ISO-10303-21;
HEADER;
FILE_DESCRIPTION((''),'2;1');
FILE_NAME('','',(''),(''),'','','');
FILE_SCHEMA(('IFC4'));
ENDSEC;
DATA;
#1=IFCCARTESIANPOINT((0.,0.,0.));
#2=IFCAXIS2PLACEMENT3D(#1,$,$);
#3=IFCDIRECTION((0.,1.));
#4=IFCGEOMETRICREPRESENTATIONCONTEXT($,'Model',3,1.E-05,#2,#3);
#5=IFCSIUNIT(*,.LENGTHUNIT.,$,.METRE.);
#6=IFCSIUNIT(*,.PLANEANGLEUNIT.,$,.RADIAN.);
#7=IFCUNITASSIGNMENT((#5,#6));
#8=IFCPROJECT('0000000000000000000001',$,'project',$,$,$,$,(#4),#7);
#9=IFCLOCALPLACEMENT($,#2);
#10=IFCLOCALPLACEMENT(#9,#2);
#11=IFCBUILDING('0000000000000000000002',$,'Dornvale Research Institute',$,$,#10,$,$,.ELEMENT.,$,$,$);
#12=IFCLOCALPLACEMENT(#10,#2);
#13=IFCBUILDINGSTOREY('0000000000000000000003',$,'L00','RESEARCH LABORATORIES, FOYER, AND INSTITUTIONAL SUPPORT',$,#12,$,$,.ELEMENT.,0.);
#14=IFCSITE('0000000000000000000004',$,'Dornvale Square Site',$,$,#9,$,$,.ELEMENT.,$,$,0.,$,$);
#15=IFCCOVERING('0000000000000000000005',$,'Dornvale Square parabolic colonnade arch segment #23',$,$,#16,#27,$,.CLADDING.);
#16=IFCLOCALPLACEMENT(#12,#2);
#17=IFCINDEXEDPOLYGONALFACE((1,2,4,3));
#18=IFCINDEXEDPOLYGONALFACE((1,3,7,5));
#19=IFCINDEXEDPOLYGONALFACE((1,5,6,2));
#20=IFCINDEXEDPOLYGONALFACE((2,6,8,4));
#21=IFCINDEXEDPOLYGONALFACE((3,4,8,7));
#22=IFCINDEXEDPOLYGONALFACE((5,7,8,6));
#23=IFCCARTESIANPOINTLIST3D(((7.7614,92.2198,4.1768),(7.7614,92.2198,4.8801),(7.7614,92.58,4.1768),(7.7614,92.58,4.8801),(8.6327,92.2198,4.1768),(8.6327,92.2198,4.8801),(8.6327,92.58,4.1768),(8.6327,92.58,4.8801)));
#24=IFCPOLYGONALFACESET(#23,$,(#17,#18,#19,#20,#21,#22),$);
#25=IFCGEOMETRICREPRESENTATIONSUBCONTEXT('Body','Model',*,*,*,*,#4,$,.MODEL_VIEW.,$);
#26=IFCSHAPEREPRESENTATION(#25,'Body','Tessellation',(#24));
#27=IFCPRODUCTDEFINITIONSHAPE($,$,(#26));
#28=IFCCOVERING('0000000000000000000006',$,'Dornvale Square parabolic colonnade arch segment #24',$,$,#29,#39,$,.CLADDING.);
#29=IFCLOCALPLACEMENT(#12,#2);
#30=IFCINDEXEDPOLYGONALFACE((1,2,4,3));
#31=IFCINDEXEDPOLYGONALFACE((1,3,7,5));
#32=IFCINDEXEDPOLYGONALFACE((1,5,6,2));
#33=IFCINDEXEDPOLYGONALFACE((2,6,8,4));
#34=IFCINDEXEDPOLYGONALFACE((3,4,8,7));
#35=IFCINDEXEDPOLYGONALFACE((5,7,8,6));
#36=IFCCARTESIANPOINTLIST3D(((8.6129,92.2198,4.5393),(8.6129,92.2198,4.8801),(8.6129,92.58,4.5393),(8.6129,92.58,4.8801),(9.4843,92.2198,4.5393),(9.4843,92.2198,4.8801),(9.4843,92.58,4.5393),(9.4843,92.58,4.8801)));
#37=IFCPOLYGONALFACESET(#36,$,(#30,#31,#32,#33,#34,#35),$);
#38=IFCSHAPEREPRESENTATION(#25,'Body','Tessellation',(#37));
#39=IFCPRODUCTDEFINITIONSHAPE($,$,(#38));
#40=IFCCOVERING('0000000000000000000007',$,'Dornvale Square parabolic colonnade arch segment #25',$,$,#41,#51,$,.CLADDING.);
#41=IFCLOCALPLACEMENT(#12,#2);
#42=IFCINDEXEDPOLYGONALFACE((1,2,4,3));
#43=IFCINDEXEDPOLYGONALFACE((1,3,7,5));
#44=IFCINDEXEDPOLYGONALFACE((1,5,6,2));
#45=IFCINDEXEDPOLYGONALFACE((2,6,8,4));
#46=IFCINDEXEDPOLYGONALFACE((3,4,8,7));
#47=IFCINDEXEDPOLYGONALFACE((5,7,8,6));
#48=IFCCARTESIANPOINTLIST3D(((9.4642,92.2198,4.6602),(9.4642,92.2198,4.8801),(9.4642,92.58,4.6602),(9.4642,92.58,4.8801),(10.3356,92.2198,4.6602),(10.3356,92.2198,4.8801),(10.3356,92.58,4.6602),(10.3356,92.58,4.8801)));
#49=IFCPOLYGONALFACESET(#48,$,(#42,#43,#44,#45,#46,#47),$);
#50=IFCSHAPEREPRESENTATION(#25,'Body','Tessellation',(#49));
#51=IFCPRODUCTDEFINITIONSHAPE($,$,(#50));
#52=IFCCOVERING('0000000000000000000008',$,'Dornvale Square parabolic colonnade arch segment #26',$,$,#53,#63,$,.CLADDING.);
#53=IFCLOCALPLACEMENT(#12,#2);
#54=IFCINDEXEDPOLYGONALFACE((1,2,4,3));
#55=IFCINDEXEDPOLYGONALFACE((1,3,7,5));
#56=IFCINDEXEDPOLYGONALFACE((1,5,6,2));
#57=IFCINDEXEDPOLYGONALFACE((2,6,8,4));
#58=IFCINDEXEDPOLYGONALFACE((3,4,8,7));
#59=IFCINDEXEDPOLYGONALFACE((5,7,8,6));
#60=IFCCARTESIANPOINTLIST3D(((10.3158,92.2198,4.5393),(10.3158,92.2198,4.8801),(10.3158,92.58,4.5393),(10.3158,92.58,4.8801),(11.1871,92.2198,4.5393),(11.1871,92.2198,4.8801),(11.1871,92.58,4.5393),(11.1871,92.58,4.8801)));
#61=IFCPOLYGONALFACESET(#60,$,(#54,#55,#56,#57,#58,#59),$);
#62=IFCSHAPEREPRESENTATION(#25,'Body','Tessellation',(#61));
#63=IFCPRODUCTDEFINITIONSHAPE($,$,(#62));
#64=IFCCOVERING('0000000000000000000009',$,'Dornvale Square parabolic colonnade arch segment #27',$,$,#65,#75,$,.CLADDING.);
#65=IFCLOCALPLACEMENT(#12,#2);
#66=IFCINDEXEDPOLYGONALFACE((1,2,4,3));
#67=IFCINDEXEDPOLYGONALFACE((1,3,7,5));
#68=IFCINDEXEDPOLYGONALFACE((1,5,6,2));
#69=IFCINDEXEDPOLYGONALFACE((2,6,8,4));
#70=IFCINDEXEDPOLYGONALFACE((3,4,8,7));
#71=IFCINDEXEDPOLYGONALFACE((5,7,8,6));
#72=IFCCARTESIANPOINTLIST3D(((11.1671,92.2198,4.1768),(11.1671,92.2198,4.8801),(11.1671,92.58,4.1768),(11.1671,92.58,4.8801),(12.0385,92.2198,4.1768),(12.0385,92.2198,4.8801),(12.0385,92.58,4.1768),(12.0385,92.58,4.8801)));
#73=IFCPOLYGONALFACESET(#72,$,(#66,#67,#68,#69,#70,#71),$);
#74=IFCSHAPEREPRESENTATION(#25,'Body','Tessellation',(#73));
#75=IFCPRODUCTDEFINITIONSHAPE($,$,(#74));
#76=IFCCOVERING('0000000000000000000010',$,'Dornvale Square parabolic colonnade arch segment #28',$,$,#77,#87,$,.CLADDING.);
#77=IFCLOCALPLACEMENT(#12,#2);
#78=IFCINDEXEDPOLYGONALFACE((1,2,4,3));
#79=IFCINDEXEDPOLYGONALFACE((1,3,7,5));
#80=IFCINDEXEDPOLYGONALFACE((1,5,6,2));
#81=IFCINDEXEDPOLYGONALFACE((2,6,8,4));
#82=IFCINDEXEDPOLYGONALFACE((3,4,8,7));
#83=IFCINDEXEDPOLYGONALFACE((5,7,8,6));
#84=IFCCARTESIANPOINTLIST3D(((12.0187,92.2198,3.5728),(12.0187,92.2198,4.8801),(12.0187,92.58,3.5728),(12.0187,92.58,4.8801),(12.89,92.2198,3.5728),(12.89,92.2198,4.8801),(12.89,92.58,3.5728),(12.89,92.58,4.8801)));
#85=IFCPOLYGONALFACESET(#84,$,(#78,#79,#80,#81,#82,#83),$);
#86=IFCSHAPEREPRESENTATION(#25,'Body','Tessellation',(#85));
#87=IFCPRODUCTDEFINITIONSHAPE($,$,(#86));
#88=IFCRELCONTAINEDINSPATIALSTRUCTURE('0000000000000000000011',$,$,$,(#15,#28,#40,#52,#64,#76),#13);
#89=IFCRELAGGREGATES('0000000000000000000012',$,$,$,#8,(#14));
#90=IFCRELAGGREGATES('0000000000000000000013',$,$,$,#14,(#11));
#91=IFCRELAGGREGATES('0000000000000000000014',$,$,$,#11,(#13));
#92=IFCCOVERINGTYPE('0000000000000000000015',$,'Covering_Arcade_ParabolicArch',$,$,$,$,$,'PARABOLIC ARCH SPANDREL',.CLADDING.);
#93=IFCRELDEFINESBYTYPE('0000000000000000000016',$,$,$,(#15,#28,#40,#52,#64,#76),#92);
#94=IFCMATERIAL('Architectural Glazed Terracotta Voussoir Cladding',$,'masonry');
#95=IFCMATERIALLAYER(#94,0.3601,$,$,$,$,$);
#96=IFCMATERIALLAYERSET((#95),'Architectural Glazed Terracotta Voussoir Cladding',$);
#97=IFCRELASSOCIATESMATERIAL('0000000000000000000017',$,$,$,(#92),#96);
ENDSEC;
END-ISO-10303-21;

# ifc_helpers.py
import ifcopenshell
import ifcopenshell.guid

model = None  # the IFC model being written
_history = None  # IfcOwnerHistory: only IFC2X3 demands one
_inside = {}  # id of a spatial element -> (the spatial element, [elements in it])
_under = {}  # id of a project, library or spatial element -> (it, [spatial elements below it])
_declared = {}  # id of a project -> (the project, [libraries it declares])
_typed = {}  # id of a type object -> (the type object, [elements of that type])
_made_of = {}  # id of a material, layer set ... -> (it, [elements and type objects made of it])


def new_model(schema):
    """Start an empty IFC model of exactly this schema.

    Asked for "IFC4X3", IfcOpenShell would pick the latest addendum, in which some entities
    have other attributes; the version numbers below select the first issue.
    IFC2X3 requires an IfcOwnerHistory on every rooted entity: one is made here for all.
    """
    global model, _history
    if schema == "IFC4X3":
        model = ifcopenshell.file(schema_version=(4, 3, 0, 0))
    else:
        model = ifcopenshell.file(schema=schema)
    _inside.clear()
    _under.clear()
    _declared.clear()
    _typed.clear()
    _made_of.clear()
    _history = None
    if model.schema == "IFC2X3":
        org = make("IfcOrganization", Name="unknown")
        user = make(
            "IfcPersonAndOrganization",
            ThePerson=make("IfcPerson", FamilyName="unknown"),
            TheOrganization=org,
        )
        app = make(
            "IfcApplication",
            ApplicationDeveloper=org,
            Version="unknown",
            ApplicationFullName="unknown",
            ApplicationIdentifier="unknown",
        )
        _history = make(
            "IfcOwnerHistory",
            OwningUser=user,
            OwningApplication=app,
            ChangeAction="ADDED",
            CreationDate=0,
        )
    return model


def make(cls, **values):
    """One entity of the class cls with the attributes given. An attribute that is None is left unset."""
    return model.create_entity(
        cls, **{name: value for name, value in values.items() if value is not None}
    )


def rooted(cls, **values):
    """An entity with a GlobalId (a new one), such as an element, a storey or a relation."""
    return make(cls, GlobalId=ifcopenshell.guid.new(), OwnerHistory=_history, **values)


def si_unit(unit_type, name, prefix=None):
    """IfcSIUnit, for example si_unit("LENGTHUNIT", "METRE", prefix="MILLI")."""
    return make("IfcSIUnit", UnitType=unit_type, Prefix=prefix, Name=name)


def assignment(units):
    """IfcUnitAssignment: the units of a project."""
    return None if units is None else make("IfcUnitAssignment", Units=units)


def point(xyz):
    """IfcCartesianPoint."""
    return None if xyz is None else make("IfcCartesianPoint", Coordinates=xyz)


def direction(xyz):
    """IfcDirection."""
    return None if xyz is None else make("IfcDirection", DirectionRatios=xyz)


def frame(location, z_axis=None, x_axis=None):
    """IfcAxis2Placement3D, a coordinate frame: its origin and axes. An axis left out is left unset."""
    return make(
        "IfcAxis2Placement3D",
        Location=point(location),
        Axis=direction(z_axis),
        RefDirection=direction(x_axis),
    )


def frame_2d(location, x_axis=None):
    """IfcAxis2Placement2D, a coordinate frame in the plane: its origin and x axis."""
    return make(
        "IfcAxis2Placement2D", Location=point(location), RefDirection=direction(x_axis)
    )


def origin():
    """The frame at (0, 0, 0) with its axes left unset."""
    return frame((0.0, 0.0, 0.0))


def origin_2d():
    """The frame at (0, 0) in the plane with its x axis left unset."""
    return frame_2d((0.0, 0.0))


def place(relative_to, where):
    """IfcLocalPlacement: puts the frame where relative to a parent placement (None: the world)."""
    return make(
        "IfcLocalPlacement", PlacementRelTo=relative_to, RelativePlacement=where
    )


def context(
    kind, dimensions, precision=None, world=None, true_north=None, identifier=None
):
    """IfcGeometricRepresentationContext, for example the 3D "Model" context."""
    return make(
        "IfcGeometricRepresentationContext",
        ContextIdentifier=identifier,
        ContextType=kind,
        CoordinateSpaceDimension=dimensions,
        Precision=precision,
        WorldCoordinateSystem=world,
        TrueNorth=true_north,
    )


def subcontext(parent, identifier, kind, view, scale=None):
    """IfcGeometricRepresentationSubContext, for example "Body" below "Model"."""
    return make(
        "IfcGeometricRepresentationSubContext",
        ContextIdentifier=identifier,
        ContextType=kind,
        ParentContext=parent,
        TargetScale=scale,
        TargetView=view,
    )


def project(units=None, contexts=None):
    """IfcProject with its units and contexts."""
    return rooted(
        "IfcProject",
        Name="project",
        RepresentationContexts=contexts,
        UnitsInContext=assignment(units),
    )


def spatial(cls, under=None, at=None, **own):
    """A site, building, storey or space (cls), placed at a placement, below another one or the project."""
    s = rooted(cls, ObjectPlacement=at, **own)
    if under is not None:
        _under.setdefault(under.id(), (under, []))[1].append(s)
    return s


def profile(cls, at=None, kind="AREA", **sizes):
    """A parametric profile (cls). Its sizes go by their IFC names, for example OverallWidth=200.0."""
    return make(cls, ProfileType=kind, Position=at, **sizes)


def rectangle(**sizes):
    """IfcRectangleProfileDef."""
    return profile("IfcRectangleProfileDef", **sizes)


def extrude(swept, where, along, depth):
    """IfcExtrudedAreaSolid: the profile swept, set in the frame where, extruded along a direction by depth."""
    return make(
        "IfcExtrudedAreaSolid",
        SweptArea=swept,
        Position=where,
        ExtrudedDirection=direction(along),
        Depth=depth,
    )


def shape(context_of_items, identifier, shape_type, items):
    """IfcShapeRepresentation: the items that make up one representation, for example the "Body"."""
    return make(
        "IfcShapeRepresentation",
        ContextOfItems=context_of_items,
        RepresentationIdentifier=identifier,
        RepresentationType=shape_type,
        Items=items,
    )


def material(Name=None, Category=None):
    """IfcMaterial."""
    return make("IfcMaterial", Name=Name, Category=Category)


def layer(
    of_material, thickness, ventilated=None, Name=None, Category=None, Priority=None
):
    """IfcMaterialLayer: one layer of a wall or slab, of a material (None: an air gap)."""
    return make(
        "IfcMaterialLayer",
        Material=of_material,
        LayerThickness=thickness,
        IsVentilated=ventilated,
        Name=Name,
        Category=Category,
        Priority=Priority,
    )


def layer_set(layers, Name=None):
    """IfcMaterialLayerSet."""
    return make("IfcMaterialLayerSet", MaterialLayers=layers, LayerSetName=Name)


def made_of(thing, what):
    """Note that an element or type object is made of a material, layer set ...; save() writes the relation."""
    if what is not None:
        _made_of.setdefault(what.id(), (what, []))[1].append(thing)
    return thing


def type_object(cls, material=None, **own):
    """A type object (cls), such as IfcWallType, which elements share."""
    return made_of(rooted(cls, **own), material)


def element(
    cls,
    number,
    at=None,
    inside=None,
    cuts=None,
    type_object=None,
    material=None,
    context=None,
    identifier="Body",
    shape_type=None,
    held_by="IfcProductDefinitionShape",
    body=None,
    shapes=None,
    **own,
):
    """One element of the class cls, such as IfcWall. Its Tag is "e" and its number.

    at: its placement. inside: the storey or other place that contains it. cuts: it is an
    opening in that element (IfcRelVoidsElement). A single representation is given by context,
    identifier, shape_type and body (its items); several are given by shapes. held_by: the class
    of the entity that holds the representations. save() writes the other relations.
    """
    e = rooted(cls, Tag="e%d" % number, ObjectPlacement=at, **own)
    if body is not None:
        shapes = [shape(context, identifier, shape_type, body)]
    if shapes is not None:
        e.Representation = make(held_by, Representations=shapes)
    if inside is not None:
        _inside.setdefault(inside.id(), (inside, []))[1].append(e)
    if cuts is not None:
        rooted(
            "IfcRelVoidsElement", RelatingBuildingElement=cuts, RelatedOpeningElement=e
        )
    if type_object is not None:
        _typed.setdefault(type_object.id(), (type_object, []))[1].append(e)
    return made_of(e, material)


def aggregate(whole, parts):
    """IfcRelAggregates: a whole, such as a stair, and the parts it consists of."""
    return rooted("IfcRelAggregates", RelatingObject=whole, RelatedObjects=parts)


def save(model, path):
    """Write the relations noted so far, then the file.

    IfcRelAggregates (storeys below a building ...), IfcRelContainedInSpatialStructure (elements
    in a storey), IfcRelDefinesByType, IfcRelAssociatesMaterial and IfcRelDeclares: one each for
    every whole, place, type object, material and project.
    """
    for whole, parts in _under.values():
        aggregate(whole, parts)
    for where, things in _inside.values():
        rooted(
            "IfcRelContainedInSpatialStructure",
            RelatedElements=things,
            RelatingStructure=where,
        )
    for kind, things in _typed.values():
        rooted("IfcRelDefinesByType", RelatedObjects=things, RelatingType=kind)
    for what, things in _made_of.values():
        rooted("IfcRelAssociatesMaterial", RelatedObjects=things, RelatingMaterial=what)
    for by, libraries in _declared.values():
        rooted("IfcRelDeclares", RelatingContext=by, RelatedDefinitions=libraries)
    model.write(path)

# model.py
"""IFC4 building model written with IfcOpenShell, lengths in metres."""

from ifc_helpers import new_model, si_unit, direction, frame, origin, origin_2d, place, context, subcontext, project, spatial, rectangle, extrude, material, layer, layer_set, type_object, element, save


model = new_model("IFC4")

# Units and contexts
model_context = context("Model", 3, precision=1e-05, world=origin(), true_north=direction((0.0, 1.0)))
body_context = subcontext(model_context, "Body", "Model", "MODEL_VIEW")
ifc_project = project(units=[si_unit("LENGTHUNIT", "METRE"), si_unit("PLANEANGLEUNIT", "RADIAN")], contexts=[model_context])

# Site, building, storey
site_placement = place(None, origin())
site = spatial("IfcSite", under=ifc_project, at=site_placement, Name="Dornvale Square Site", CompositionType="ELEMENT", RefElevation=0.0)
building_placement = place(site_placement, origin())
building = spatial("IfcBuilding", under=site, at=building_placement, Name="Dornvale Research Institute", CompositionType="ELEMENT")
storey_placement = place(building_placement, origin())
storey = spatial("IfcBuildingStorey", under=building, at=storey_placement, Name="L00", Description="RESEARCH LABORATORIES, FOYER, AND INSTITUTIONAL SUPPORT", CompositionType="ELEMENT", Elevation=0.0)

# Coverings
ifc_material_1 = material(Name="Architectural Glazed Terracotta Voussoir Cladding", Category="masonry")
ifc_layer_1 = layer(ifc_material_1, 0.3601)
ifc_layer_set_1 = layer_set([ifc_layer_1], Name="Architectural Glazed Terracotta Voussoir Cladding")
covering_type = type_object("IfcCoveringType", Name="Covering_Arcade_ParabolicArch", ElementType="PARABOLIC ARCH SPANDREL", PredefinedType="CLADDING", material=ifc_layer_set_1)
covering_1_placement = place(storey_placement, frame((8.197, 92.3999, 4.1768), z_axis=(0.0, 0.0, 1.0), x_axis=(1.0, 0.0, 0.0)))
element("IfcCovering", 1, at=covering_1_placement, inside=storey, type_object=covering_type, Name="Dornvale Square parabolic colonnade arch segment #23", PredefinedType="CLADDING", context=body_context, shape_type="SweptSolid", body=[
    extrude(rectangle(XDim=0.8713, YDim=0.3601, at=origin_2d()), origin(), (0.0, 0.0, 1.0), 0.7034),
])
covering_2_placement = place(storey_placement, frame((9.0486, 92.3999, 4.5393), z_axis=(0.0, 0.0, 1.0), x_axis=(1.0, 0.0, 0.0)))
element("IfcCovering", 2, at=covering_2_placement, inside=storey, type_object=covering_type, Name="Dornvale Square parabolic colonnade arch segment #24", PredefinedType="CLADDING", context=body_context, shape_type="SweptSolid", body=[
    extrude(rectangle(XDim=0.8713, YDim=0.3601, at=origin_2d()), origin(), (0.0, 0.0, 1.0), 0.3408),
])
covering_3_placement = place(storey_placement, frame((9.8999, 92.3999, 4.6602), z_axis=(0.0, 0.0, 1.0), x_axis=(1.0, 0.0, 0.0)))
element("IfcCovering", 3, at=covering_3_placement, inside=storey, type_object=covering_type, Name="Dornvale Square parabolic colonnade arch segment #25", PredefinedType="CLADDING", context=body_context, shape_type="SweptSolid", body=[
    extrude(rectangle(XDim=0.8713, YDim=0.3601, at=origin_2d()), origin(), (0.0, 0.0, 1.0), 0.22),
])
covering_4_placement = place(storey_placement, frame((10.7515, 92.3999, 4.5393), z_axis=(0.0, 0.0, 1.0), x_axis=(1.0, 0.0, 0.0)))
element("IfcCovering", 4, at=covering_4_placement, inside=storey, type_object=covering_type, Name="Dornvale Square parabolic colonnade arch segment #26", PredefinedType="CLADDING", context=body_context, shape_type="SweptSolid", body=[
    extrude(rectangle(XDim=0.8713, YDim=0.3601, at=origin_2d()), origin(), (0.0, 0.0, 1.0), 0.3408),
])
covering_5_placement = place(storey_placement, frame((11.6028, 92.3999, 4.1768), z_axis=(0.0, 0.0, 1.0), x_axis=(1.0, 0.0, 0.0)))
element("IfcCovering", 5, at=covering_5_placement, inside=storey, type_object=covering_type, Name="Dornvale Square parabolic colonnade arch segment #27", PredefinedType="CLADDING", context=body_context, shape_type="SweptSolid", body=[
    extrude(rectangle(XDim=0.8713, YDim=0.3601, at=origin_2d()), origin(), (0.0, 0.0, 1.0), 0.7034),
])
covering_6_placement = place(storey_placement, frame((12.4543, 92.3999, 3.5728), z_axis=(0.0, 0.0, 1.0), x_axis=(1.0, 0.0, 0.0)))
element("IfcCovering", 6, at=covering_6_placement, inside=storey, type_object=covering_type, Name="Dornvale Square parabolic colonnade arch segment #28", PredefinedType="CLADDING", context=body_context, shape_type="SweptSolid", body=[
    extrude(rectangle(XDim=0.8713, YDim=0.3601, at=origin_2d()), origin(), (0.0, 0.0, 1.0), 1.3074),
])

save(model, "model.ifc")
